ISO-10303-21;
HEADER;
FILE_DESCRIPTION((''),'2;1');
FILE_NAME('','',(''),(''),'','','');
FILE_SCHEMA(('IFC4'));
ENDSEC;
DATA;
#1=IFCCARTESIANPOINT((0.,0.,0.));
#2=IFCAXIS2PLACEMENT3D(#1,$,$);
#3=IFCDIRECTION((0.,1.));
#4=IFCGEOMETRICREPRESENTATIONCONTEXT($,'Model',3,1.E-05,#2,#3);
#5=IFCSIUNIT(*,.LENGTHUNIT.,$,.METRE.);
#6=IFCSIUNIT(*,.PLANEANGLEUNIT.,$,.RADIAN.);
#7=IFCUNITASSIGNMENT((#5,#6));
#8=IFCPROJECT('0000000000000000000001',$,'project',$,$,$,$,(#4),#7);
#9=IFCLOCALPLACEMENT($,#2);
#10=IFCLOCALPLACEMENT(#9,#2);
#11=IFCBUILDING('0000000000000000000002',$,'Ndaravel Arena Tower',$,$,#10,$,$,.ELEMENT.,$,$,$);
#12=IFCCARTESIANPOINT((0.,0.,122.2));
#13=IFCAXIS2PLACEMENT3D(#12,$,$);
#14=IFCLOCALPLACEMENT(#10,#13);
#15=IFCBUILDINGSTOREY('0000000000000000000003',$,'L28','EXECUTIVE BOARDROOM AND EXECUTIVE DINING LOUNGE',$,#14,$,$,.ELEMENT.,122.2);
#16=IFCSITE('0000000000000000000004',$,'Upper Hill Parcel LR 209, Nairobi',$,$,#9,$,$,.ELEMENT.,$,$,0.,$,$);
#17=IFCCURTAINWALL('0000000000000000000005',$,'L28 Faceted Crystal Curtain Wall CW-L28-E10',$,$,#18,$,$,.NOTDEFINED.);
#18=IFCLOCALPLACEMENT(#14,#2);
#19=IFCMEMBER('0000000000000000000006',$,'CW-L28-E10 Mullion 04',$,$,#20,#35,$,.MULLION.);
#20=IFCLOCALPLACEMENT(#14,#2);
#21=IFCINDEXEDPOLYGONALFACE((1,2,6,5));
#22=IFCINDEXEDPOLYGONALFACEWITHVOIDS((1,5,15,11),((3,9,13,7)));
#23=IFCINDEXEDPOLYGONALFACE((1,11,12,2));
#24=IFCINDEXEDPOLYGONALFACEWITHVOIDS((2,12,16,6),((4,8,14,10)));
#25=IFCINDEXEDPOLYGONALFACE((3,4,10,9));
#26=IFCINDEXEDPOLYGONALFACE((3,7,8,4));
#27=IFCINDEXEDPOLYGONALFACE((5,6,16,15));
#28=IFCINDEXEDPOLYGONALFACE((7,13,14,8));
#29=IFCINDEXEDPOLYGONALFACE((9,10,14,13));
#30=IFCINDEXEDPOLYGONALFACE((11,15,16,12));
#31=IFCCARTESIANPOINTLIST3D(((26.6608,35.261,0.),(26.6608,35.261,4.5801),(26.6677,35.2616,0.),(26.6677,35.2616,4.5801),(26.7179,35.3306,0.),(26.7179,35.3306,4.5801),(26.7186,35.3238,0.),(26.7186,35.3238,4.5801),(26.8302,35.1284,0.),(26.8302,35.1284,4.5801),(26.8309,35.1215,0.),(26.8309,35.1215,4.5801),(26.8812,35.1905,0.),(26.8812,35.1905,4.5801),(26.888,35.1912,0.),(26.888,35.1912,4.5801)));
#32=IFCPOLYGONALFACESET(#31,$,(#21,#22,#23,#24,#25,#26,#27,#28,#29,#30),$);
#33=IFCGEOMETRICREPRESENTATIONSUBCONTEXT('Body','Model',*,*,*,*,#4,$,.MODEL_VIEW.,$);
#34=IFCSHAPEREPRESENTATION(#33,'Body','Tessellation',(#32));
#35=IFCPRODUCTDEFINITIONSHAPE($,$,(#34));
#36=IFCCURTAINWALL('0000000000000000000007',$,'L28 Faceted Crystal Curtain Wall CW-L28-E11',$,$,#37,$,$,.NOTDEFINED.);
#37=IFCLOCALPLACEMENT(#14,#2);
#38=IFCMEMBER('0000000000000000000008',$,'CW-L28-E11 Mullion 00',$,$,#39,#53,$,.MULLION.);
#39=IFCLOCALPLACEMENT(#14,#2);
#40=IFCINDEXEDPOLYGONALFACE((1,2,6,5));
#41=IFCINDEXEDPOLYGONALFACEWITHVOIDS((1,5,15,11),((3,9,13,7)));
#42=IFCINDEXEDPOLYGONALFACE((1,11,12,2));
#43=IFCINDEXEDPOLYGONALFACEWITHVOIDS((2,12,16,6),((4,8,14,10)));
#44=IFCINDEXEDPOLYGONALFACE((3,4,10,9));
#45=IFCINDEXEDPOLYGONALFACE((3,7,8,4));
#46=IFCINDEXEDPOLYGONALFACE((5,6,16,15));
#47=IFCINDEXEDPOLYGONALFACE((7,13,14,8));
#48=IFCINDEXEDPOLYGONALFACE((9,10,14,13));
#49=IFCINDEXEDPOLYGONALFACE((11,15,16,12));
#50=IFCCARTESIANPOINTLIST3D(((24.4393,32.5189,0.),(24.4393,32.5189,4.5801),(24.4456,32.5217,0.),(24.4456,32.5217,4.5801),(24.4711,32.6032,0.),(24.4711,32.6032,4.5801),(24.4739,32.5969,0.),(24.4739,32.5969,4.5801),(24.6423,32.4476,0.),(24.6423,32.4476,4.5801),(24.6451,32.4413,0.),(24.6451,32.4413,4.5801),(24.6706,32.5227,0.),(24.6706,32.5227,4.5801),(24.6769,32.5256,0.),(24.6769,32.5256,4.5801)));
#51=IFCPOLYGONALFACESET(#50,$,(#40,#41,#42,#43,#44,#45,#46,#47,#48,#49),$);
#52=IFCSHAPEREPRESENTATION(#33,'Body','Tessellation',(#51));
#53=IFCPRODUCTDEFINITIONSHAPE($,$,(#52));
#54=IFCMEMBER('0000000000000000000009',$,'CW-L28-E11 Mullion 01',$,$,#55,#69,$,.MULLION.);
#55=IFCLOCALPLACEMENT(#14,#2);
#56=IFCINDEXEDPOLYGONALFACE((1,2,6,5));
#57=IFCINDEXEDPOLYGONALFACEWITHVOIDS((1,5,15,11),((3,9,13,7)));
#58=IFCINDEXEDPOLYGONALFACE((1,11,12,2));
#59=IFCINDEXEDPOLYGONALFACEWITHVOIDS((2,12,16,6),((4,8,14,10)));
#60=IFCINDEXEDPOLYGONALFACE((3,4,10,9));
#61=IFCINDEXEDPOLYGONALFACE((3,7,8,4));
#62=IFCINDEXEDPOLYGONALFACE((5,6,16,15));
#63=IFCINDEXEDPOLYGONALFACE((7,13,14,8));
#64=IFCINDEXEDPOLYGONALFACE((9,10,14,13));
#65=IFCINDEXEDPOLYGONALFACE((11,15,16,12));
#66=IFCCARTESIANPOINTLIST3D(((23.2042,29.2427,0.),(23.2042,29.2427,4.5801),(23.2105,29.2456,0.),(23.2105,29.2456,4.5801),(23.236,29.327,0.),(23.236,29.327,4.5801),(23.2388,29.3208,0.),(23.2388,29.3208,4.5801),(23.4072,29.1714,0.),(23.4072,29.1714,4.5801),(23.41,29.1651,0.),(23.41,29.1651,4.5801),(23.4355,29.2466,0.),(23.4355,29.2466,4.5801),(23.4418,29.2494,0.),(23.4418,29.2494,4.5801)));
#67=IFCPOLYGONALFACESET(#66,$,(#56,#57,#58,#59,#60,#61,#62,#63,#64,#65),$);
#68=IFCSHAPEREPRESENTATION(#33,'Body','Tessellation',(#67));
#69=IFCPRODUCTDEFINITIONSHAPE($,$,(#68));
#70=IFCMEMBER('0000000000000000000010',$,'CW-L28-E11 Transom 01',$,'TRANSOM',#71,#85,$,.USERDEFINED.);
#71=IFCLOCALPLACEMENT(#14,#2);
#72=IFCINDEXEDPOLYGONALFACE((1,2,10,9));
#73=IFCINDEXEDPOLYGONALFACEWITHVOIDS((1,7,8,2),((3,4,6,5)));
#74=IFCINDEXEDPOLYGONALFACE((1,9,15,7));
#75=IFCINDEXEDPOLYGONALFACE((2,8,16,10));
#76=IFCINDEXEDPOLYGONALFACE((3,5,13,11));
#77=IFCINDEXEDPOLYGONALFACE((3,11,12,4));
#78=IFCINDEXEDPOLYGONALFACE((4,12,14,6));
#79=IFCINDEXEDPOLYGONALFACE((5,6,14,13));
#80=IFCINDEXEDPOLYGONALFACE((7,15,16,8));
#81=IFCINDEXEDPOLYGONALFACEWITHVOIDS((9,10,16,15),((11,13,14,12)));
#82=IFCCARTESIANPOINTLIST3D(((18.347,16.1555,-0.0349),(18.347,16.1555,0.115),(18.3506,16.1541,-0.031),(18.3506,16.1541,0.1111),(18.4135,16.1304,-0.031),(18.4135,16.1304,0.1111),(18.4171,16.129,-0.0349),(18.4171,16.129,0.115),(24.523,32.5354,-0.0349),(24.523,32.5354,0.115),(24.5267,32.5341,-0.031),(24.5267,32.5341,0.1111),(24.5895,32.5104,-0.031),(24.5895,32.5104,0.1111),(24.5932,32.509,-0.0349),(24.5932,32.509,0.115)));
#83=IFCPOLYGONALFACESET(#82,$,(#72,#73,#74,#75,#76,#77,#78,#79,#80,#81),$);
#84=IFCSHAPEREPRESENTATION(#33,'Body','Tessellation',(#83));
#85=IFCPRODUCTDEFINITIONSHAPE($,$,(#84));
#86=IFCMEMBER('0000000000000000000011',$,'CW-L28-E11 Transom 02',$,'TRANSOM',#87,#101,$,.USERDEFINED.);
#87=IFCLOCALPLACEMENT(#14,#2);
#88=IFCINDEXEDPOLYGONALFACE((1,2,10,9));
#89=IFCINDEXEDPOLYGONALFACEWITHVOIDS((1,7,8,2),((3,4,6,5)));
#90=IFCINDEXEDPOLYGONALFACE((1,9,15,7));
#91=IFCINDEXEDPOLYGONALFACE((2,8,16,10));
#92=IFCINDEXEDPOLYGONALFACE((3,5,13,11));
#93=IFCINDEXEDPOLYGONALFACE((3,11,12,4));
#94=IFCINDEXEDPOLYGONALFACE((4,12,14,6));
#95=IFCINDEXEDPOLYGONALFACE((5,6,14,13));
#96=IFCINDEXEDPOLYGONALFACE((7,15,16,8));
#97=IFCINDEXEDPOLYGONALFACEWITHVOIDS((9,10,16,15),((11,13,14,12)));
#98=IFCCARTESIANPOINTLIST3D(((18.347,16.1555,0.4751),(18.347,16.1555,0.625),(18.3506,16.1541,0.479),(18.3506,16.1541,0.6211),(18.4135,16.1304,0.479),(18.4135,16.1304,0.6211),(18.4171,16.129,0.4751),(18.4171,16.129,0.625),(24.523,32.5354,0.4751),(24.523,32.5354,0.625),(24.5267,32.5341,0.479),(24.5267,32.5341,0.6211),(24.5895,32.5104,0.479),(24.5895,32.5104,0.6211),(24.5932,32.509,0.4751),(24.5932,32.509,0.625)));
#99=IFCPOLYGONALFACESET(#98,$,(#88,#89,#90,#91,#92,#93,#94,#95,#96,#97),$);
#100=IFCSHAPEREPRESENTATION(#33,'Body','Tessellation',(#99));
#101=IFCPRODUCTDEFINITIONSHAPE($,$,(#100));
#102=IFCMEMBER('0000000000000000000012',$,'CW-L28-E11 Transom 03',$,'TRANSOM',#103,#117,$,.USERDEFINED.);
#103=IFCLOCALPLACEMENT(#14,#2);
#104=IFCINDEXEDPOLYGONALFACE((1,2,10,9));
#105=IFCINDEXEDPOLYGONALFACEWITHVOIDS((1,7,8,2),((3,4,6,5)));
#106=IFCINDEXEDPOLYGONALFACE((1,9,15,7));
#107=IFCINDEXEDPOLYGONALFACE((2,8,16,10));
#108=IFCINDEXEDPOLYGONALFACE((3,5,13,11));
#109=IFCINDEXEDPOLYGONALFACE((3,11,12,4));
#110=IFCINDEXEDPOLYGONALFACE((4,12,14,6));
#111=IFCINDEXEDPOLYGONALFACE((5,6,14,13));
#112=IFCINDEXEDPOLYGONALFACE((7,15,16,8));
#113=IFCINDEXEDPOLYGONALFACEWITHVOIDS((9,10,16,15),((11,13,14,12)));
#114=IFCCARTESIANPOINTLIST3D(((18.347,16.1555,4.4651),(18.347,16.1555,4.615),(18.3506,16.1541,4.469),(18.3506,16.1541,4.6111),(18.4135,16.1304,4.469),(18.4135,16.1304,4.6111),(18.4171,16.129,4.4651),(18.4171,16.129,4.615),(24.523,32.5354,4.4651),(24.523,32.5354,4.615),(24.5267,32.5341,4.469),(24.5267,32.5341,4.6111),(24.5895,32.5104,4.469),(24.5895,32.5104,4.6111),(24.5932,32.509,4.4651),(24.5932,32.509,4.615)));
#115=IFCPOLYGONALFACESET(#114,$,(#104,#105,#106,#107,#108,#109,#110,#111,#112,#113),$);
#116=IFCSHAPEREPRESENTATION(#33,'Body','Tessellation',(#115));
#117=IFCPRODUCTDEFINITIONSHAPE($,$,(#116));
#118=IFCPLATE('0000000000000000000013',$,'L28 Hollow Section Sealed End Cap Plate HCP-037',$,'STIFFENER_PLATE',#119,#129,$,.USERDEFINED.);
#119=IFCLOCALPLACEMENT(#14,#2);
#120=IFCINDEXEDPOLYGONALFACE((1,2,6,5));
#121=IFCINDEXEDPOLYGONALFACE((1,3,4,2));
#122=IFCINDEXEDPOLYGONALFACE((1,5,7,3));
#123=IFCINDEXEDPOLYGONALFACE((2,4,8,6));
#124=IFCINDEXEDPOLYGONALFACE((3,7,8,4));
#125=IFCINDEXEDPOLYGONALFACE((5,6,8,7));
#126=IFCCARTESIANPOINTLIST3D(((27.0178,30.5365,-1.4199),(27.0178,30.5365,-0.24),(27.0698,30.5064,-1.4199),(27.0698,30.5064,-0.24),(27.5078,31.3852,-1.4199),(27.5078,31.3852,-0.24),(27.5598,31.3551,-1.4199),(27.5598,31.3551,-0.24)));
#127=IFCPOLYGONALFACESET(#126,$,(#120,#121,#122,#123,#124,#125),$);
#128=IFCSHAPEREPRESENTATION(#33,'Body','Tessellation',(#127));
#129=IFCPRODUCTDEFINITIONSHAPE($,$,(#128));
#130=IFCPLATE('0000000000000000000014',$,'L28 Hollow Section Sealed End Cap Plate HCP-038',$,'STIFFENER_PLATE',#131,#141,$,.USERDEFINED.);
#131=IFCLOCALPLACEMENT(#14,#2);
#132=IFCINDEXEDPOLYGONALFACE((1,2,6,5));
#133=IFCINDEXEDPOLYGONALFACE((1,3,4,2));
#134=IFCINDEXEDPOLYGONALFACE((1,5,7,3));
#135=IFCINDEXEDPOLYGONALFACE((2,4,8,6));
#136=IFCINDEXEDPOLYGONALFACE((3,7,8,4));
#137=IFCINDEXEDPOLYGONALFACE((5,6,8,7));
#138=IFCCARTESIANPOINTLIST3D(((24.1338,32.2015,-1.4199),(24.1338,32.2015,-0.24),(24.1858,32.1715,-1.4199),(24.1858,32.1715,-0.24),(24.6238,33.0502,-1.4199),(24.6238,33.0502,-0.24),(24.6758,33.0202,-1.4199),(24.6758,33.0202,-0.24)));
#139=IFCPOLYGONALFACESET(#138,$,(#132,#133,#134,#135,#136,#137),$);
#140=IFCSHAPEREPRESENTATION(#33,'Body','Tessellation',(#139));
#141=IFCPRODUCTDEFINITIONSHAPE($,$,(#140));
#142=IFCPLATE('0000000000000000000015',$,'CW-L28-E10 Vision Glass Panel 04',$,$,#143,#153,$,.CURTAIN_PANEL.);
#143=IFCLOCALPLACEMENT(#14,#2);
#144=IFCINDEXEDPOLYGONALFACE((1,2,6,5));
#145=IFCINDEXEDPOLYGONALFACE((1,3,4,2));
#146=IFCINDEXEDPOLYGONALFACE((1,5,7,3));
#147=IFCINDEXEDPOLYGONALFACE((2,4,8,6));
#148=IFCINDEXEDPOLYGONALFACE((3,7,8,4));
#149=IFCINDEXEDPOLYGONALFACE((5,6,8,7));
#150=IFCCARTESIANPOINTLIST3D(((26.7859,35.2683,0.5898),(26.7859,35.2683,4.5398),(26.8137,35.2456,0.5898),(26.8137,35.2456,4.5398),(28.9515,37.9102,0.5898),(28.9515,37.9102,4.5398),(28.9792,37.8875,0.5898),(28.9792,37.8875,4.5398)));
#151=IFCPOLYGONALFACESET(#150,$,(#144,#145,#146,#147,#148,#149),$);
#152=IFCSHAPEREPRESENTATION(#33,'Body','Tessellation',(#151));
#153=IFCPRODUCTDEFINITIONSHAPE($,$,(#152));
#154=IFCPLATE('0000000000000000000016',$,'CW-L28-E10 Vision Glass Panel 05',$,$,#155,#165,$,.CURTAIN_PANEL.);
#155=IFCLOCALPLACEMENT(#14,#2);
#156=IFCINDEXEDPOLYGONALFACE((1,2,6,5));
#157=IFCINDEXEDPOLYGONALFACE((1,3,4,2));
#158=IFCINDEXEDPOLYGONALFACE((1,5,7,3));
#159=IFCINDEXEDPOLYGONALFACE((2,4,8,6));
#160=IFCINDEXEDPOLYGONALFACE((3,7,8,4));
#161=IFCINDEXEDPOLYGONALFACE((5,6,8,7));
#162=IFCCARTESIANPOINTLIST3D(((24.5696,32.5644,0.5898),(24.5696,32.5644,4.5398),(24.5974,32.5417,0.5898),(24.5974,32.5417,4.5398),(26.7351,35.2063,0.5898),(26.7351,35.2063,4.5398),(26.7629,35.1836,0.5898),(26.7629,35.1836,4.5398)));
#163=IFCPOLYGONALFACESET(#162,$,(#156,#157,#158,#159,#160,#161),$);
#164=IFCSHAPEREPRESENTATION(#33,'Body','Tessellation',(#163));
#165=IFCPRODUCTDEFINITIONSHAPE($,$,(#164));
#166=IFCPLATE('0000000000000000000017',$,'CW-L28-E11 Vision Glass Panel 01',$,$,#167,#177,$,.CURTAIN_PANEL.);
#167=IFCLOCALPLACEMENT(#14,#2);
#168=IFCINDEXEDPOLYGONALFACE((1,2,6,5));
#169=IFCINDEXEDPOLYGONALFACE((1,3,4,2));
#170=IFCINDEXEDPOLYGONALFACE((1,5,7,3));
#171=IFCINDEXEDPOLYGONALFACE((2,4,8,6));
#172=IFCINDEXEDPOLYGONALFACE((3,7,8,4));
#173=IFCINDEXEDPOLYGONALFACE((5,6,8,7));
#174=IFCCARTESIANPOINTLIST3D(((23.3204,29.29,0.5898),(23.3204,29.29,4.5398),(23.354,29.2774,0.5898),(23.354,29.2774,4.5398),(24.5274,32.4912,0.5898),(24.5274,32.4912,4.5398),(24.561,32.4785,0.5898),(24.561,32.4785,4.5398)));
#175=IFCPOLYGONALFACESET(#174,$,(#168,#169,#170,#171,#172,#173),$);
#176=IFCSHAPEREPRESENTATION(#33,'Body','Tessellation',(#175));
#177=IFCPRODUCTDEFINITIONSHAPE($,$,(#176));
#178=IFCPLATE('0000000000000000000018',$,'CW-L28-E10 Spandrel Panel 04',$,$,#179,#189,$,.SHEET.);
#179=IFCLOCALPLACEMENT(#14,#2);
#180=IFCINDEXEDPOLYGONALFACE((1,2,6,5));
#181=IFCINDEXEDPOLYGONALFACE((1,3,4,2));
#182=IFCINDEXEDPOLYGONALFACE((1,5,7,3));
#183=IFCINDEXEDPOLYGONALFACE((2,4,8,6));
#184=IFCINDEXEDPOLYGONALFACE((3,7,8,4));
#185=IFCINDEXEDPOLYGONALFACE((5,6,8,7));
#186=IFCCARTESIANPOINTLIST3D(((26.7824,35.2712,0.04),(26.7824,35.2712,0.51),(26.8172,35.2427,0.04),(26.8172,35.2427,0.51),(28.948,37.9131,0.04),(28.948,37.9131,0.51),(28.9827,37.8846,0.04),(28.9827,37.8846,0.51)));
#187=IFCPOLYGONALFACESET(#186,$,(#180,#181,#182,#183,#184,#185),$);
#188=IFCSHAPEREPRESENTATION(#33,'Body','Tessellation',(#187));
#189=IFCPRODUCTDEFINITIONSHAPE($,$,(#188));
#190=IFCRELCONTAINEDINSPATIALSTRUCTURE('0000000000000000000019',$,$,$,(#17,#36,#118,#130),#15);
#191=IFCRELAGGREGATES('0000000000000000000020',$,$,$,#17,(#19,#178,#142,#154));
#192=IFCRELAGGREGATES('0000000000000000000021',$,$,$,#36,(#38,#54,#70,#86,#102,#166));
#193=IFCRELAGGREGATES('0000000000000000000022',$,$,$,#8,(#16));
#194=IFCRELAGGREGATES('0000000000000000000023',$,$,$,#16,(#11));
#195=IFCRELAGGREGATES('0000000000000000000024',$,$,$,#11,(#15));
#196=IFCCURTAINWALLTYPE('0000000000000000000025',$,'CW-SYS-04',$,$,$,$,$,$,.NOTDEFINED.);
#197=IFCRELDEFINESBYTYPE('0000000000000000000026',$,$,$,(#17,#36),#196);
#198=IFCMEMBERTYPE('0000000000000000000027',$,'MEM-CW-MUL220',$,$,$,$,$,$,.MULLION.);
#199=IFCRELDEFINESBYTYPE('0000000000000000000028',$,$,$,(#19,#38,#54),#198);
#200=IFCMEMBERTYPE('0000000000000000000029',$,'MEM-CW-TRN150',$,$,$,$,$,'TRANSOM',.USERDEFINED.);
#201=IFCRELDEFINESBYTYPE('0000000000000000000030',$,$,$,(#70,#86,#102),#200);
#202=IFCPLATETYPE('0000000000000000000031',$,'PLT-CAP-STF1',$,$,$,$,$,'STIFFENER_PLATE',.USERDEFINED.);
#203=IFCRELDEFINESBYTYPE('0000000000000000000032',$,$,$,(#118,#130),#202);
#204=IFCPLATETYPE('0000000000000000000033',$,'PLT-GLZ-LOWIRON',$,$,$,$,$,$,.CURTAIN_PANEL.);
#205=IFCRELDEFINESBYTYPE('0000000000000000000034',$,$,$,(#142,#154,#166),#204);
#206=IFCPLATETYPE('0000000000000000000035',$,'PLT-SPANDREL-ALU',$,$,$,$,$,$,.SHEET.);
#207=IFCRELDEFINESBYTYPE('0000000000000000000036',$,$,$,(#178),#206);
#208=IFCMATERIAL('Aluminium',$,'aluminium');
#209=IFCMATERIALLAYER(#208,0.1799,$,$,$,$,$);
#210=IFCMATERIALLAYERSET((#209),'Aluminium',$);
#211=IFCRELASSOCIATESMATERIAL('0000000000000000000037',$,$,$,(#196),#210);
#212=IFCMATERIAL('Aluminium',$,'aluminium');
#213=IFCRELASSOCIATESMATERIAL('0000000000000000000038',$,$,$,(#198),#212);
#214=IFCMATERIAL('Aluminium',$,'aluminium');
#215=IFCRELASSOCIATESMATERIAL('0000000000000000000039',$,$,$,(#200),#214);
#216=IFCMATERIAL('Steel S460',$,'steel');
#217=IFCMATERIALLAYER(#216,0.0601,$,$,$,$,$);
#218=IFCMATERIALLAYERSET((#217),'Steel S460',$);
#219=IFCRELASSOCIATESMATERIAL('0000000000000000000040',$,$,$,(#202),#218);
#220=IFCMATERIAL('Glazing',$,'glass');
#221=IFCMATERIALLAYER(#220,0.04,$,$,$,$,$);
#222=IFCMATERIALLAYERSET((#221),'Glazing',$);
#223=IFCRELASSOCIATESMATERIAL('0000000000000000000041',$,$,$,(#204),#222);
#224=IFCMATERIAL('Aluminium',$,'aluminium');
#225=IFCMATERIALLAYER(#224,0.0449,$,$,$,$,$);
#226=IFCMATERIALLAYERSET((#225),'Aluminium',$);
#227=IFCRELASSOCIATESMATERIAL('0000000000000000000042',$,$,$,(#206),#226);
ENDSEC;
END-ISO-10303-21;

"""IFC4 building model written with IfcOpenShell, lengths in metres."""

from ifc_helpers import new_model, si_unit, direction, frame, origin, origin_2d, place, context, subcontext, project, spatial, rectangle, hollow_rectangle, extrude, material, layer, layer_set, material_profile, profile_set, type_object, element, aggregate, save


model = new_model("IFC4")

# Units and contexts
model_context = context("Model", 3, precision=1e-05, world=origin(), true_north=direction((0.0, 1.0)))
body_context = subcontext(model_context, "Body", "Model", "MODEL_VIEW")
ifc_project = project(units=[si_unit("LENGTHUNIT", "METRE"), si_unit("PLANEANGLEUNIT", "RADIAN")], contexts=[model_context])

# Site, building, storey
site_placement = place(None, origin())
site = spatial("IfcSite", under=ifc_project, at=site_placement, Name="Upper Hill Parcel LR 209, Nairobi", CompositionType="ELEMENT", RefElevation=0.0)
building_placement = place(site_placement, origin())
building = spatial("IfcBuilding", under=site, at=building_placement, Name="Ndaravel Arena Tower", CompositionType="ELEMENT")
storey_placement = place(building_placement, frame((0.0, 0.0, 122.2)))
storey = spatial("IfcBuildingStorey", under=building, at=storey_placement, Name="L28", Description="EXECUTIVE BOARDROOM AND EXECUTIVE DINING LOUNGE", CompositionType="ELEMENT", Elevation=122.2)

# Curtain walls, members
ifc_material_1 = material(Name="Aluminium", Category="aluminium")
ifc_layer_1 = layer(ifc_material_1, 0.1799)
ifc_layer_set_1 = layer_set([ifc_layer_1], Name="Aluminium")
curtain_wall_type = type_object("IfcCurtainWallType", Name="CW-SYS-04", PredefinedType="NOTDEFINED", material=ifc_layer_set_1)
curtain_wall_1_placement = place(storey_placement, origin())
curtain_wall_1 = element("IfcCurtainWall", 1, at=curtain_wall_1_placement, inside=storey, type_object=curtain_wall_type, Name="L28 Faceted Crystal Curtain Wall CW-L28-E10", PredefinedType="NOTDEFINED")
ifc_material_2 = material(Name="Aluminium", Category="aluminium")
ifc_material_profile_1 = material_profile(ifc_material_2, hollow_rectangle(XDim=0.0901, YDim=0.22, WallThickness=0.0049, at=origin_2d()), Name="CW MULLION 90x220x5")
ifc_profile_set_1 = profile_set([ifc_material_profile_1], Name="Aluminium")
member_type_1 = type_object("IfcMemberType", Name="MEM-CW-MUL220", PredefinedType="MULLION", material=ifc_profile_set_1)
member_1_placement = place(storey_placement, frame((26.7744, 35.2261, 0.0), z_axis=(0.0, 0.0, 1.0), x_axis=(-0.633934, -0.773387, 0.0)))
member_1 = element("IfcMember", 2, at=member_1_placement, type_object=member_type_1, Name="CW-L28-E10 Mullion 04", PredefinedType="MULLION", context=body_context, shape_type="SweptSolid", body=[
    extrude(hollow_rectangle(XDim=0.0901, YDim=0.22, WallThickness=0.0049, at=origin_2d()), origin(), (0.0, 0.0, 1.0), 4.5801),
])
curtain_wall_2_placement = place(storey_placement, origin())
curtain_wall_2 = element("IfcCurtainWall", 3, at=curtain_wall_2_placement, inside=storey, type_object=curtain_wall_type, Name="L28 Faceted Crystal Curtain Wall CW-L28-E11", PredefinedType="NOTDEFINED")
member_2_placement = place(storey_placement, frame((24.5581, 32.5222, 0.0), z_axis=(0.0, 0.0, 1.0), x_axis=(-0.352805, -0.935697, 0.0)))
member_2 = element("IfcMember", 4, at=member_2_placement, type_object=member_type_1, Name="CW-L28-E11 Mullion 00", PredefinedType="MULLION", context=body_context, shape_type="SweptSolid", body=[
    extrude(hollow_rectangle(XDim=0.0901, YDim=0.22, WallThickness=0.0049, at=origin_2d()), origin(), (0.0, 0.0, 1.0), 4.5801),
])
member_3_placement = place(storey_placement, frame((23.323, 29.2461, 0.0), z_axis=(0.0, 0.0, 1.0), x_axis=(-0.352805, -0.935697, 0.0)))
member_3 = element("IfcMember", 5, at=member_3_placement, type_object=member_type_1, Name="CW-L28-E11 Mullion 01", PredefinedType="MULLION", context=body_context, shape_type="SweptSolid", body=[
    extrude(hollow_rectangle(XDim=0.0901, YDim=0.22, WallThickness=0.0049, at=origin_2d()), origin(), (0.0, 0.0, 1.0), 4.5801),
])
ifc_material_3 = material(Name="Aluminium", Category="aluminium")
ifc_material_profile_2 = material_profile(ifc_material_3, hollow_rectangle(XDim=0.075, YDim=0.1499, WallThickness=0.0039, at=origin_2d()), Name="CW TRANSOM 75x150x4")
ifc_profile_set_2 = profile_set([ifc_material_profile_2], Name="Aluminium")
member_type_2 = type_object("IfcMemberType", Name="MEM-CW-TRN150", ElementType="TRANSOM", PredefinedType="USERDEFINED", material=ifc_profile_set_2)
member_4_placement = place(storey_placement, frame((24.5581, 32.5222, 0.04), z_axis=(-0.352804, -0.935697, 0.0), x_axis=(0.935697, -0.352804, 0.0)))
member_4 = element("IfcMember", 6, at=member_4_placement, type_object=member_type_2, Name="CW-L28-E11 Transom 01", ObjectType="TRANSOM", PredefinedType="USERDEFINED", context=body_context, shape_type="SweptSolid", body=[
    extrude(hollow_rectangle(XDim=0.075, YDim=0.1499, WallThickness=0.0039, at=origin_2d()), origin(), (0.0, 0.0, 1.0), 17.5056),
])
member_5_placement = place(storey_placement, frame((24.5581, 32.5222, 0.55), z_axis=(-0.352804, -0.935697, 0.0), x_axis=(0.935697, -0.352804, 0.0)))
member_5 = element("IfcMember", 7, at=member_5_placement, type_object=member_type_2, Name="CW-L28-E11 Transom 02", ObjectType="TRANSOM", PredefinedType="USERDEFINED", context=body_context, shape_type="SweptSolid", body=[
    extrude(hollow_rectangle(XDim=0.075, YDim=0.1499, WallThickness=0.0039, at=origin_2d()), origin(), (0.0, 0.0, 1.0), 17.5056),
])
member_6_placement = place(storey_placement, frame((24.5581, 32.5222, 4.54), z_axis=(-0.352804, -0.935697, 0.0), x_axis=(0.935697, -0.352804, 0.0)))
member_6 = element("IfcMember", 8, at=member_6_placement, type_object=member_type_2, Name="CW-L28-E11 Transom 03", ObjectType="TRANSOM", PredefinedType="USERDEFINED", context=body_context, shape_type="SweptSolid", body=[
    extrude(hollow_rectangle(XDim=0.075, YDim=0.1499, WallThickness=0.0039, at=origin_2d()), origin(), (0.0, 0.0, 1.0), 17.5056),
])

# Plates
ifc_material_4 = material(Name="Steel S460", Category="steel")
ifc_layer_2 = layer(ifc_material_4, 0.0601)
ifc_layer_set_2 = layer_set([ifc_layer_2], Name="Steel S460")
plate_type_1 = type_object("IfcPlateType", Name="PLT-CAP-STF1", ElementType="STIFFENER_PLATE", PredefinedType="USERDEFINED", material=ifc_layer_set_2)
for number, where, z_axis, x_axis, name in (
    (9, (27.2888, 30.9458, -1.4199), (0.0, 0.0, 1.0), (-0.866025, 0.5, 0.0), "L28 Hollow Section Sealed End Cap Plate HCP-037"),
    (10, (24.4048, 32.6108, -1.4199), (0.0, 0.0, 1.0), (-0.866025, 0.5, 0.0), "L28 Hollow Section Sealed End Cap Plate HCP-038"),
):
    element("IfcPlate", number, at=place(storey_placement, frame(where, z_axis=z_axis, x_axis=x_axis)), inside=storey, type_object=plate_type_1, Name=name, ObjectType="STIFFENER_PLATE", PredefinedType="USERDEFINED", context=body_context, shape_type="SweptSolid", body=[
        extrude(rectangle(XDim=0.0601, YDim=0.98, at=origin_2d()), origin(), (0.0, 0.0, 1.0), 1.1799),
    ])

# Plates
ifc_material_5 = material(Name="Glazing", Category="glass")
ifc_layer_3 = layer(ifc_material_5, 0.04)
ifc_layer_set_3 = layer_set([ifc_layer_3], Name="Glazing")
plate_type_2 = type_object("IfcPlateType", Name="PLT-GLZ-LOWIRON", PredefinedType="CURTAIN_PANEL", material=ifc_layer_set_3)
plate_1_placement = place(storey_placement, frame((27.8826, 36.5779, 0.5898), z_axis=(0.0, 0.0, 1.0), x_axis=(-0.633934, -0.773387, 0.0)))
plate_1 = element("IfcPlate", 11, at=plate_1_placement, type_object=plate_type_2, Name="CW-L28-E10 Vision Glass Panel 04", PredefinedType="CURTAIN_PANEL", context=body_context, shape_type="SweptSolid", body=[
    extrude(rectangle(XDim=3.416, YDim=0.0359, at=origin_2d()), origin(), (0.0, 0.0, 1.0), 3.95),
])
plate_2_placement = place(storey_placement, frame((25.6663, 33.874, 0.5898), z_axis=(0.0, 0.0, 1.0), x_axis=(-0.633934, -0.773387, 0.0)))
plate_2 = element("IfcPlate", 12, at=plate_2_placement, type_object=plate_type_2, Name="CW-L28-E10 Vision Glass Panel 05", PredefinedType="CURTAIN_PANEL", context=body_context, shape_type="SweptSolid", body=[
    extrude(rectangle(XDim=3.416, YDim=0.0359, at=origin_2d()), origin(), (0.0, 0.0, 1.0), 3.95),
])
plate_3_placement = place(storey_placement, frame((23.9407, 30.8843, 0.5898), z_axis=(0.0, 0.0, 1.0), x_axis=(-0.352805, -0.935697, 0.0)))
plate_3 = element("IfcPlate", 13, at=plate_3_placement, type_object=plate_type_2, Name="CW-L28-E11 Vision Glass Panel 01", PredefinedType="CURTAIN_PANEL", context=body_context, shape_type="SweptSolid", body=[
    extrude(rectangle(XDim=3.4211, YDim=0.0359, at=origin_2d()), origin(), (0.0, 0.0, 1.0), 3.95),
])
ifc_material_6 = material(Name="Aluminium", Category="aluminium")
ifc_layer_4 = layer(ifc_material_6, 0.0449)
ifc_layer_set_4 = layer_set([ifc_layer_4], Name="Aluminium")
plate_type_3 = type_object("IfcPlateType", Name="PLT-SPANDREL-ALU", PredefinedType="SHEET", material=ifc_layer_set_4)
plate_4_placement = place(storey_placement, frame((27.8826, 36.5779, 0.04), z_axis=(0.0, 0.0, 1.0), x_axis=(-0.633934, -0.773387, 0.0)))
plate_4 = element("IfcPlate", 14, at=plate_4_placement, type_object=plate_type_3, Name="CW-L28-E10 Spandrel Panel 04", PredefinedType="SHEET", context=body_context, shape_type="SweptSolid", body=[
    extrude(rectangle(XDim=3.416, YDim=0.0449, at=origin_2d()), origin(), (0.0, 0.0, 1.0), 0.47),
])
aggregate(curtain_wall_1, [member_1, plate_4, plate_1, plate_2])
aggregate(curtain_wall_2, [member_2, member_3, member_4, member_5, member_6, plate_3])

save(model, "model.ifc")
